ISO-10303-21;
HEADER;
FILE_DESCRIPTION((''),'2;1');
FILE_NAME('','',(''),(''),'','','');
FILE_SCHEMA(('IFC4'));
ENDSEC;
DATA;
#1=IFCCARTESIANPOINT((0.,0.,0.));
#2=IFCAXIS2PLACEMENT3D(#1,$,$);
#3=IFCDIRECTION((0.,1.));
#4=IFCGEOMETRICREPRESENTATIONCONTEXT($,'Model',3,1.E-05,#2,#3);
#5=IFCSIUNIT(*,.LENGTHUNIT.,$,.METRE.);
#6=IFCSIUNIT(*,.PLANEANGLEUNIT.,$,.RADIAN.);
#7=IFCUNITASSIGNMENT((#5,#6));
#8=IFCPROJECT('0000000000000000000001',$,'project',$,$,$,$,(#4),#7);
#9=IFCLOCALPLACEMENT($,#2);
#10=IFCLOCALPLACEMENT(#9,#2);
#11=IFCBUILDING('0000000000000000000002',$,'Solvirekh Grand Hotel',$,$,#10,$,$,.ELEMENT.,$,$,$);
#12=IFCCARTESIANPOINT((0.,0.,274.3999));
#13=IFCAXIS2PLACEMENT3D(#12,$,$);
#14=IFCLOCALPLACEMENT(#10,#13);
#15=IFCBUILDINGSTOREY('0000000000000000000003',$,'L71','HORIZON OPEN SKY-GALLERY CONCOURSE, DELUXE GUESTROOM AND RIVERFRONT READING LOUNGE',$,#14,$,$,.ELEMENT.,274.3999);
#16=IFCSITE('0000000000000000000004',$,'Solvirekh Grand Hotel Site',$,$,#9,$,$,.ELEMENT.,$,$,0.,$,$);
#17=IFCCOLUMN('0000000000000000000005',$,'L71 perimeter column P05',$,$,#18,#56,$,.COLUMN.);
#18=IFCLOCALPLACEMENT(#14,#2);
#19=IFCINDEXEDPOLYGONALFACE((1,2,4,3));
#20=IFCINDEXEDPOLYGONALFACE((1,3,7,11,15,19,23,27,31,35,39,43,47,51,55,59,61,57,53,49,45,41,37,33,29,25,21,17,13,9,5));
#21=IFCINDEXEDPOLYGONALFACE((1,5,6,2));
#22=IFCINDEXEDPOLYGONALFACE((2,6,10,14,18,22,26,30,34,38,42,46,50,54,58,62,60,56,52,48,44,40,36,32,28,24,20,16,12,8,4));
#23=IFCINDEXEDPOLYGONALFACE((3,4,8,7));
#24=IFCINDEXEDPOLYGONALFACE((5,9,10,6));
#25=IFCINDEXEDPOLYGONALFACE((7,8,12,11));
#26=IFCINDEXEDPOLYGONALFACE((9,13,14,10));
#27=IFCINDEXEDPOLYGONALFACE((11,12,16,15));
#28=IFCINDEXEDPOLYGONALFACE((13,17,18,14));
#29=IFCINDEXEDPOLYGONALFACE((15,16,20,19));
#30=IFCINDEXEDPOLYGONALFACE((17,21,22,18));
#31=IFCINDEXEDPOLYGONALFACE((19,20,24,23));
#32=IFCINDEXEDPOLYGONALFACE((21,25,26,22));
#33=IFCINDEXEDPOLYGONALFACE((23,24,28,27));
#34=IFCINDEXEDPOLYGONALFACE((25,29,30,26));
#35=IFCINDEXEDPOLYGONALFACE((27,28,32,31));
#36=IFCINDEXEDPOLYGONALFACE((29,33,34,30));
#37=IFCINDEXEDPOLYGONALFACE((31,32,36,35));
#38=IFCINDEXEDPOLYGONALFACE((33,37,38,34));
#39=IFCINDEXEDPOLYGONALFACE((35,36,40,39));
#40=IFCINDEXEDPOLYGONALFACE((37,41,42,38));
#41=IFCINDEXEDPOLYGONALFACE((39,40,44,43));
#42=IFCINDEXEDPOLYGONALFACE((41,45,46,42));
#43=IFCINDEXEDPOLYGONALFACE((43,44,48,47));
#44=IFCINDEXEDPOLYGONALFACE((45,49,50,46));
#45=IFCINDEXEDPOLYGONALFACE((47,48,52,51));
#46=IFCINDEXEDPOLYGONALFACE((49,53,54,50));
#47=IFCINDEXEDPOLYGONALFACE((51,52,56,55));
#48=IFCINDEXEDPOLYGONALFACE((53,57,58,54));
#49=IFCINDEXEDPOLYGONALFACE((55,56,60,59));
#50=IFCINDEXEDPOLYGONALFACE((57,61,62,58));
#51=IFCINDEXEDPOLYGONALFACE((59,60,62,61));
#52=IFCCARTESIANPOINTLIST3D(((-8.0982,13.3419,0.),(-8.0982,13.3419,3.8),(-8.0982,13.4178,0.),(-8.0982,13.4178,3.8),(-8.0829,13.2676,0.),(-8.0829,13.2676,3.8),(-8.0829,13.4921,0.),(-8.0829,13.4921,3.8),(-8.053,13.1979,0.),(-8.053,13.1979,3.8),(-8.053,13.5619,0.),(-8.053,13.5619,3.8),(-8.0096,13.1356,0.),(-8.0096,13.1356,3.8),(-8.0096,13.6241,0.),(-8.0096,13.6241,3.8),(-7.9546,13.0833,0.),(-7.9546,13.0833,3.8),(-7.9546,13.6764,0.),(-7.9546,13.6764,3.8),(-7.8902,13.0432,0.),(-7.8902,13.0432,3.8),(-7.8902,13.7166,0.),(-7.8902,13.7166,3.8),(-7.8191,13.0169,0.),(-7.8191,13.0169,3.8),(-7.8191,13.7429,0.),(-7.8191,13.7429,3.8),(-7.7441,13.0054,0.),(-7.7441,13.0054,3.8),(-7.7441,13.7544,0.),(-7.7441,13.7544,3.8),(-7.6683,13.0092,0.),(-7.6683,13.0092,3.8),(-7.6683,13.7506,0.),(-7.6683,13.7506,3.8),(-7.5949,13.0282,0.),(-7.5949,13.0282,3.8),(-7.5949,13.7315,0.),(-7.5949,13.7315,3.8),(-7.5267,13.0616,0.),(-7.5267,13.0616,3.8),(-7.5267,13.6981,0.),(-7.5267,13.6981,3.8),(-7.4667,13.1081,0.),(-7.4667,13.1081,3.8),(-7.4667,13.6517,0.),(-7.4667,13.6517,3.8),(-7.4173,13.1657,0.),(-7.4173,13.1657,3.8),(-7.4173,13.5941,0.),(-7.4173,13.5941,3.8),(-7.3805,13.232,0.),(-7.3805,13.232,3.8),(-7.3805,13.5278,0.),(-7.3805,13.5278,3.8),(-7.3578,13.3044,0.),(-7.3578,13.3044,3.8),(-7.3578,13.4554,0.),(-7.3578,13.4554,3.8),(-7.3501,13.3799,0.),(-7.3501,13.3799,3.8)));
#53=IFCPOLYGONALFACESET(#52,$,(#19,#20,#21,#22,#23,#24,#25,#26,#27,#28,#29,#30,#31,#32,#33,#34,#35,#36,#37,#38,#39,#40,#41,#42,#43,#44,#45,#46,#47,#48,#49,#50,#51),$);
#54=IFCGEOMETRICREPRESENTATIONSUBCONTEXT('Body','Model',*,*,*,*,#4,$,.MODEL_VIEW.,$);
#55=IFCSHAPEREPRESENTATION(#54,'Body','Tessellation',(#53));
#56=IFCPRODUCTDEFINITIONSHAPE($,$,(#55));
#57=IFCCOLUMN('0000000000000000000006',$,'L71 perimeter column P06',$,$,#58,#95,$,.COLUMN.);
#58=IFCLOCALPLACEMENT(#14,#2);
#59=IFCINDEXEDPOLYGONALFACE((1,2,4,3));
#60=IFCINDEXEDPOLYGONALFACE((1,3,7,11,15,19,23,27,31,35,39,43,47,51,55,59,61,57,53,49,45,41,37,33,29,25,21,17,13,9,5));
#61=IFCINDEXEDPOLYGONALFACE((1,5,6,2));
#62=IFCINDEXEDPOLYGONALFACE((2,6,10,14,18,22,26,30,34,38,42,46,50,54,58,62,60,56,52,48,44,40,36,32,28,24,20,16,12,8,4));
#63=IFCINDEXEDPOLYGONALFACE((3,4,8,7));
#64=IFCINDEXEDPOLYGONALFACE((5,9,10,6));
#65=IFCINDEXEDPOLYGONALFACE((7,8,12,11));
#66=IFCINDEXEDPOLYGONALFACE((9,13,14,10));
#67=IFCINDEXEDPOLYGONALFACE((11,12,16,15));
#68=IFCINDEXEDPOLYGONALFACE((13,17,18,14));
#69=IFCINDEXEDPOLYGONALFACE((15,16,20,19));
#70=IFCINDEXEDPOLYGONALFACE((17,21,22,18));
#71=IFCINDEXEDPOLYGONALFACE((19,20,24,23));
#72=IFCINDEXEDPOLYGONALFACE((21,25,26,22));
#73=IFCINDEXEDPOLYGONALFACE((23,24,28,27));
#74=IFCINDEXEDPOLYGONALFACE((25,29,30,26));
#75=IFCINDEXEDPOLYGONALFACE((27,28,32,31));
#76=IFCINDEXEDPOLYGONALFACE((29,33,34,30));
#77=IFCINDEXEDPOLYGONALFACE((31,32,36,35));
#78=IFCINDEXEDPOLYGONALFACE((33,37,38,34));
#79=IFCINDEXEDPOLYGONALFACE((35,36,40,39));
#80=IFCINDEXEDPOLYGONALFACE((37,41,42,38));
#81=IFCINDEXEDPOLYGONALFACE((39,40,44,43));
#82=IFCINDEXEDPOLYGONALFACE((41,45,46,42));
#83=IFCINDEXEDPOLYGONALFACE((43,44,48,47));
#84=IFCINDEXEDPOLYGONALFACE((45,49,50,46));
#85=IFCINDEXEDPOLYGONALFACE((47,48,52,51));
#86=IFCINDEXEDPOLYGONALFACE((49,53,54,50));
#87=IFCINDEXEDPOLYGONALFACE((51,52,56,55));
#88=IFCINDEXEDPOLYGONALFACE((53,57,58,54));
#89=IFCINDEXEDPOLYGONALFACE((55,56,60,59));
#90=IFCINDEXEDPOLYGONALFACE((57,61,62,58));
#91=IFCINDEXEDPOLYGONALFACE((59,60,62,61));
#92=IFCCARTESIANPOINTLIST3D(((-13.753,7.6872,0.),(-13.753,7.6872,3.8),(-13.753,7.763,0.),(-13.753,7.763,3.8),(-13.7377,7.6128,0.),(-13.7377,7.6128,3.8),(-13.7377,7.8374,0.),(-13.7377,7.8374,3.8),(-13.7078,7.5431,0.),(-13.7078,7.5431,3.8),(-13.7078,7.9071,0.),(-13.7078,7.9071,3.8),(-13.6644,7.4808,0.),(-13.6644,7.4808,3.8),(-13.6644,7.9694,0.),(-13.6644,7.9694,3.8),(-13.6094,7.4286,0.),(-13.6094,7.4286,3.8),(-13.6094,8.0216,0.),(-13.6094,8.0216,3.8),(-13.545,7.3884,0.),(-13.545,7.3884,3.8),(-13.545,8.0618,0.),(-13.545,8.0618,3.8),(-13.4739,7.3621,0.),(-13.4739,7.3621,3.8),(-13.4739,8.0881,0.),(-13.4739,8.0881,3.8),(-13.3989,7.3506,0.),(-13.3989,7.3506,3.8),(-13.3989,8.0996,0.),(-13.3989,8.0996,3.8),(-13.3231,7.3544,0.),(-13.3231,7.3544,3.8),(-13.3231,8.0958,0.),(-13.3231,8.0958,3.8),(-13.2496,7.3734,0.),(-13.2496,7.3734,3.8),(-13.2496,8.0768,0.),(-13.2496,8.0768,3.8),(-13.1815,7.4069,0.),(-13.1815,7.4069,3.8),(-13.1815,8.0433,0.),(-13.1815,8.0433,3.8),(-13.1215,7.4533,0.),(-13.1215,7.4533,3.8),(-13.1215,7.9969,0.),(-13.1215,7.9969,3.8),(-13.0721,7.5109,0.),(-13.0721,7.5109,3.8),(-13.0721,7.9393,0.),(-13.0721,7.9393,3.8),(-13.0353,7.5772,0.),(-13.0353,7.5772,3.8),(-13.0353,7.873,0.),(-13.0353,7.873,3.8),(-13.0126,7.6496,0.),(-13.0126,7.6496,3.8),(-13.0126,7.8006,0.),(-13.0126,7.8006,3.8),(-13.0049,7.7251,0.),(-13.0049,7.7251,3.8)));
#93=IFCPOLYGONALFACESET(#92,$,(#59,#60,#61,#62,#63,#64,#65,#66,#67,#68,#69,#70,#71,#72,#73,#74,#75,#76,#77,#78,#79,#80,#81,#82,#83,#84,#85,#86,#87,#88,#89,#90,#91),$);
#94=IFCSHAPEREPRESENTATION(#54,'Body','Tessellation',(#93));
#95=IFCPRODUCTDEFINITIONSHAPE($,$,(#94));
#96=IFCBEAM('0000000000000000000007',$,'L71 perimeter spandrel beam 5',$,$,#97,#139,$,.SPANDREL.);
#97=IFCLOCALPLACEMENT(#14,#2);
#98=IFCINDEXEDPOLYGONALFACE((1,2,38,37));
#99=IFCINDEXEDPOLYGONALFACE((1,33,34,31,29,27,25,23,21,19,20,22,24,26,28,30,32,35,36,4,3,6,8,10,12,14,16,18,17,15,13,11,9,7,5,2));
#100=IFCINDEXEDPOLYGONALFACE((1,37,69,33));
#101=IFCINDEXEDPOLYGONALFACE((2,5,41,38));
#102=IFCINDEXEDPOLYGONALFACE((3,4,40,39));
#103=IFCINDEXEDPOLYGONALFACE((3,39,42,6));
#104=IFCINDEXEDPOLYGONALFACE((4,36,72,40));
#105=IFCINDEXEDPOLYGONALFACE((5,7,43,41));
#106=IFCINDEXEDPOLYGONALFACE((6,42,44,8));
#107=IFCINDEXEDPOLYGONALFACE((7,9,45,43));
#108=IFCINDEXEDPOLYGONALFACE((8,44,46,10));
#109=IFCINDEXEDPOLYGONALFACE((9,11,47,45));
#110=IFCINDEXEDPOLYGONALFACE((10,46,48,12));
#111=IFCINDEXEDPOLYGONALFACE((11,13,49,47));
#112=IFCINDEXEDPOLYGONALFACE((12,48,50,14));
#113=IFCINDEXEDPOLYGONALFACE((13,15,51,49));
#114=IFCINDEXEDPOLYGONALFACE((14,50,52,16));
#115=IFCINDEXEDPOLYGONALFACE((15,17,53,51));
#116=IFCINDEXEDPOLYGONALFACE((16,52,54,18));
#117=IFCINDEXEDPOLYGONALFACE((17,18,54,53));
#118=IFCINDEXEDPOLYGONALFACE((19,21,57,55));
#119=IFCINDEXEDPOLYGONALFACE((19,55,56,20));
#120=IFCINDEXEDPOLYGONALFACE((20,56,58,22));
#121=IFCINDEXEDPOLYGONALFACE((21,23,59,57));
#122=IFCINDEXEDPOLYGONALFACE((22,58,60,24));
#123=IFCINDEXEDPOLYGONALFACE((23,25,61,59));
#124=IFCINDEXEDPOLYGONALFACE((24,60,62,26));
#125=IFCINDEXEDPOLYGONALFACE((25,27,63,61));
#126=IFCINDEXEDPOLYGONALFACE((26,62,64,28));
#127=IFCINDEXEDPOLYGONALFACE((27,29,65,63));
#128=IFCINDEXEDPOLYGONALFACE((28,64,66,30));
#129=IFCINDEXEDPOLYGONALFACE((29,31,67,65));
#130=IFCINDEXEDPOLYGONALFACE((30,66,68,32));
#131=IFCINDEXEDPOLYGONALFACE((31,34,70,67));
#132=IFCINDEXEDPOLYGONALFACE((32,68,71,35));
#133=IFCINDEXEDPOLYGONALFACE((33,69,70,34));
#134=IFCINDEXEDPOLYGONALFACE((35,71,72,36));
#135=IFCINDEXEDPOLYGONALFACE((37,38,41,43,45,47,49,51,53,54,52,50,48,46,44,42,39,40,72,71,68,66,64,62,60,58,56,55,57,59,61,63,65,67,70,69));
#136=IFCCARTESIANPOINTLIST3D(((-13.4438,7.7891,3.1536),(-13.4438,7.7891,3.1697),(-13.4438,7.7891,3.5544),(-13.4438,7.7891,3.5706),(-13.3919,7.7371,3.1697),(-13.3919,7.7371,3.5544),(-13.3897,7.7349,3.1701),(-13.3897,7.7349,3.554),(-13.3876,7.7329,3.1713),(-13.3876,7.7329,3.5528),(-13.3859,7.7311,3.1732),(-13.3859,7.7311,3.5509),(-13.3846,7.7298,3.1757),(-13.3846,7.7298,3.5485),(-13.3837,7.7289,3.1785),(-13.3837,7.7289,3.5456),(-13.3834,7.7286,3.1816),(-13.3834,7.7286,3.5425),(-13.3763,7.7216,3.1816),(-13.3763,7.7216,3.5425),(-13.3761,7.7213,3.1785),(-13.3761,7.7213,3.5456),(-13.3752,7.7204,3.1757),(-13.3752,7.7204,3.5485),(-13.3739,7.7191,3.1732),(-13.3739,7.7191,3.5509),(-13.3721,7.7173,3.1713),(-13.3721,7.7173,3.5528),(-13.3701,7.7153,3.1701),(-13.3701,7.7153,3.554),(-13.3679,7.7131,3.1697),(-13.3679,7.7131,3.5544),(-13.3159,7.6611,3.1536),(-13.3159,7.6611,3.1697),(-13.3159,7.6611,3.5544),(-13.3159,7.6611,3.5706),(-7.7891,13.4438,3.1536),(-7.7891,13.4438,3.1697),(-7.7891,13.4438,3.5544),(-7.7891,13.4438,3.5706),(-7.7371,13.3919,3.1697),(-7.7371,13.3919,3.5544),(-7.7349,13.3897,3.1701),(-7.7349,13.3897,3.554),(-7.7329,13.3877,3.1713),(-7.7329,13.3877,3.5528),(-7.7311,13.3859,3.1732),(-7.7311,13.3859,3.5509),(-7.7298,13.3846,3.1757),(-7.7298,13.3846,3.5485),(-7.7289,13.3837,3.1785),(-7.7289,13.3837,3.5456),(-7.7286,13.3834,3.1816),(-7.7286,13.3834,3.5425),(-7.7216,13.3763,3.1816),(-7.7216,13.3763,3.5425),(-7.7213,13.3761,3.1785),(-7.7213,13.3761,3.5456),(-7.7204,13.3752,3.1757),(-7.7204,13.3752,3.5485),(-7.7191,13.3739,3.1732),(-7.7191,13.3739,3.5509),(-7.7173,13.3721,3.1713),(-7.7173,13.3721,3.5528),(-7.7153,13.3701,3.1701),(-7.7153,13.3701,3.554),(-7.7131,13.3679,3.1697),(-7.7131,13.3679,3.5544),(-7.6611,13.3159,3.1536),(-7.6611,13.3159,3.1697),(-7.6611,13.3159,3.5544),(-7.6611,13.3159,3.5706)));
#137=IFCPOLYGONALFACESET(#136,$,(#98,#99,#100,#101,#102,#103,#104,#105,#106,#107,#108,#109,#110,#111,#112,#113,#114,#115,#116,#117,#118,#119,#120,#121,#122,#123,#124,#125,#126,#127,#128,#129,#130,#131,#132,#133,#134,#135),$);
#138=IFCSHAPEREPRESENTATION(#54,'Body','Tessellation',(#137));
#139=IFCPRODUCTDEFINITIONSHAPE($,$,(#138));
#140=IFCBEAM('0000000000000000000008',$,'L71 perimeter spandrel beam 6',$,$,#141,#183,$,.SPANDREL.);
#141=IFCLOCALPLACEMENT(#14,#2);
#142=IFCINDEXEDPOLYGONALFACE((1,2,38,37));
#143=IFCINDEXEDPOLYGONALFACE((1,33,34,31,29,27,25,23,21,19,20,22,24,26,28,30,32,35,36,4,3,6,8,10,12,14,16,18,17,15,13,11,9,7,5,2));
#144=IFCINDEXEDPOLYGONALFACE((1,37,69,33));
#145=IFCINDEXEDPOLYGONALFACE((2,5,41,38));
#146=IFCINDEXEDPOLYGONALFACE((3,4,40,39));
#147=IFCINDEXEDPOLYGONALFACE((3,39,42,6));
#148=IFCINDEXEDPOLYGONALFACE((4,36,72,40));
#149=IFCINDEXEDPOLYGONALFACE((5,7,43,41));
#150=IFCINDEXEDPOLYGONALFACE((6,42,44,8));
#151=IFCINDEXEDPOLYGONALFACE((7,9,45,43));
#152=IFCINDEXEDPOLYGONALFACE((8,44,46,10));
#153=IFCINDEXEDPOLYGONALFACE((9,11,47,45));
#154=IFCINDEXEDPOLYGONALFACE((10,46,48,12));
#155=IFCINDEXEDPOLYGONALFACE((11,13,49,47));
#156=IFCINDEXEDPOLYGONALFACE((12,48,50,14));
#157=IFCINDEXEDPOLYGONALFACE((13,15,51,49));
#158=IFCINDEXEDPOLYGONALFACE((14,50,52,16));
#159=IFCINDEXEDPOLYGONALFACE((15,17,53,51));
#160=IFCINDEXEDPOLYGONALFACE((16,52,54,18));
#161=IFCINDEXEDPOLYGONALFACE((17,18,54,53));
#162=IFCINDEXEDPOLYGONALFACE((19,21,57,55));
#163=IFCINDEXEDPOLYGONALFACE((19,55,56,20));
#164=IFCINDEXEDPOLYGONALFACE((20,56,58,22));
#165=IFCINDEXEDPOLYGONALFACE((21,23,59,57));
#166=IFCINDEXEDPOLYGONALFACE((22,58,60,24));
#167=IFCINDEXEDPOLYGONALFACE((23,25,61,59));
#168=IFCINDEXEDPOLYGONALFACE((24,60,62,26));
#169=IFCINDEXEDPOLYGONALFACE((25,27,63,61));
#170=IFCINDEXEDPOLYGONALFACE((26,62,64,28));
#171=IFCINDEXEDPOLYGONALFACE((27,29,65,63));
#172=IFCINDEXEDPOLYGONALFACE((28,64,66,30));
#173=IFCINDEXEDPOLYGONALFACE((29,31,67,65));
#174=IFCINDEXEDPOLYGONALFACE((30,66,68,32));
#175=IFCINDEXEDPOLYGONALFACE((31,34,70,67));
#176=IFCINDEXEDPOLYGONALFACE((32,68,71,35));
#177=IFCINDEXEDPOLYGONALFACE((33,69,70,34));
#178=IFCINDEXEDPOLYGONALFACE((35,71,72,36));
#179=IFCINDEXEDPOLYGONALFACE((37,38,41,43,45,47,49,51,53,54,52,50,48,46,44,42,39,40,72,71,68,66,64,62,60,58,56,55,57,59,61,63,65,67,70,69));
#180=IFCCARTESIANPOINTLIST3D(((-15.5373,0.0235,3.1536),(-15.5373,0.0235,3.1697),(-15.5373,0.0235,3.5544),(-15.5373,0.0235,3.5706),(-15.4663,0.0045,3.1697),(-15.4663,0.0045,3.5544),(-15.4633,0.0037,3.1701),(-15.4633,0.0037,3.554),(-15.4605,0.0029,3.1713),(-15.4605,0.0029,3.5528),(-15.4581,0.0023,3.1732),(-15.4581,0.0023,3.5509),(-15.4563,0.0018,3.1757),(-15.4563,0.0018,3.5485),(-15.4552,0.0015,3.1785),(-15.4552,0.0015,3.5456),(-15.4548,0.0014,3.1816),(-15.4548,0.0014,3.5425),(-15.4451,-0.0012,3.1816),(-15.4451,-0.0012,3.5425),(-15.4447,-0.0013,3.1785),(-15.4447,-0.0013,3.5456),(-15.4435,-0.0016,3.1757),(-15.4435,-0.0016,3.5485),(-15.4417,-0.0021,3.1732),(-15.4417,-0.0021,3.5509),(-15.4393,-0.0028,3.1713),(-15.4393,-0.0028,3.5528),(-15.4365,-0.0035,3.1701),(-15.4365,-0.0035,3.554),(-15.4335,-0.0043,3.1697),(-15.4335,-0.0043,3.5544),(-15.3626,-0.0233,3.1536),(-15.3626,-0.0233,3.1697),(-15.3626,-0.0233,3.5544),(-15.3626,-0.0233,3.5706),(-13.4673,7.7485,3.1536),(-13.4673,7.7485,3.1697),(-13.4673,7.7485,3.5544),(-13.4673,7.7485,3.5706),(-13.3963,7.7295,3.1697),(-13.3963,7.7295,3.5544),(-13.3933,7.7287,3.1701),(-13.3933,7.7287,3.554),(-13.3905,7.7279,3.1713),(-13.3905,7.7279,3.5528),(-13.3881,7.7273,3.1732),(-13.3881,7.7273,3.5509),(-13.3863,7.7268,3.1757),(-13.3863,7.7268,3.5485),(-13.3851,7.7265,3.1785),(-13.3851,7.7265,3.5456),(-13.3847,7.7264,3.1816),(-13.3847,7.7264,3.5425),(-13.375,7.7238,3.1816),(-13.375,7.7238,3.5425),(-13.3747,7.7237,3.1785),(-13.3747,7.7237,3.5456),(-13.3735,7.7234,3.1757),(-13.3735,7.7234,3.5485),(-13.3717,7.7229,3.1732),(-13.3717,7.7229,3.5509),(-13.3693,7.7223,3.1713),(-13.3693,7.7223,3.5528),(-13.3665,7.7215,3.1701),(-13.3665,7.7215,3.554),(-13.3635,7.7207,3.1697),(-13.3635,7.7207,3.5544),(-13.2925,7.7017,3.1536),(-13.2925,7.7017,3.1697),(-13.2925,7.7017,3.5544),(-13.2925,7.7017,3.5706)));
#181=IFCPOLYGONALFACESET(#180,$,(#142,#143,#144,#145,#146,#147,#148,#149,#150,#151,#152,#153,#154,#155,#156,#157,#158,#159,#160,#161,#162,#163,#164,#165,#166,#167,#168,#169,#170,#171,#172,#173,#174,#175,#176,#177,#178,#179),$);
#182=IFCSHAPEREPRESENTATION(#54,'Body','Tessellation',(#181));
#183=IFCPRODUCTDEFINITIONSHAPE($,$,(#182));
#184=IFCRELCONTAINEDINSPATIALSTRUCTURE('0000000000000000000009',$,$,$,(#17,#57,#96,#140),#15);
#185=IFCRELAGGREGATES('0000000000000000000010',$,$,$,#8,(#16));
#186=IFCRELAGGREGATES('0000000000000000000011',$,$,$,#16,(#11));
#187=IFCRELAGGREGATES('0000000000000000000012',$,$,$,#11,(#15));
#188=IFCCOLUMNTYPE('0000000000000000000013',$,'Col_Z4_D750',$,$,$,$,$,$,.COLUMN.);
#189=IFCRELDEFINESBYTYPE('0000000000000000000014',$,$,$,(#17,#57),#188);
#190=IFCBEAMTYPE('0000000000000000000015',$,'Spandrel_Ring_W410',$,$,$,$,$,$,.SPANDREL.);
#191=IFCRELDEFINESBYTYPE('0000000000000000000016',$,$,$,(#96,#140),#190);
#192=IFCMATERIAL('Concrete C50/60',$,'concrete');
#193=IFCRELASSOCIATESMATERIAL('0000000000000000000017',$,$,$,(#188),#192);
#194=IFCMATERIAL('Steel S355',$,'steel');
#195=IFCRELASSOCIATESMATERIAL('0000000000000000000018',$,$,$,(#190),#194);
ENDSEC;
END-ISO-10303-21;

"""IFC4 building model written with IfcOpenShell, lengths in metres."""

from ifc_helpers import new_model, si_unit, direction, frame, origin, origin_2d, place, context, subcontext, project, spatial, circle, i_section, extrude, material, material_profile, profile_set, type_object, element, save


model = new_model("IFC4")

# Units and contexts
model_context = context("Model", 3, precision=1e-05, world=origin(), true_north=direction((0.0, 1.0)))
body_context = subcontext(model_context, "Body", "Model", "MODEL_VIEW")
ifc_project = project(units=[si_unit("LENGTHUNIT", "METRE"), si_unit("PLANEANGLEUNIT", "RADIAN")], contexts=[model_context])

# Site, building, storey
site_placement = place(None, origin())
site = spatial("IfcSite", under=ifc_project, at=site_placement, Name="Solvirekh Grand Hotel Site", CompositionType="ELEMENT", RefElevation=0.0)
building_placement = place(site_placement, origin())
building = spatial("IfcBuilding", under=site, at=building_placement, Name="Solvirekh Grand Hotel", CompositionType="ELEMENT")
storey_placement = place(building_placement, frame((0.0, 0.0, 274.3999)))
storey = spatial("IfcBuildingStorey", under=building, at=storey_placement, Name="L71", Description="HORIZON OPEN SKY-GALLERY CONCOURSE, DELUXE GUESTROOM AND RIVERFRONT READING LOUNGE", CompositionType="ELEMENT", Elevation=274.3999)

# Columns
ifc_material_1 = material(Name="Concrete C50/60", Category="concrete")
ifc_material_profile_1 = material_profile(ifc_material_1, circle(Radius=0.375, at=origin_2d()), Name="RC CIRC D750")
ifc_profile_set_1 = profile_set([ifc_material_profile_1], Name="Concrete C50/60")
column_type = type_object("IfcColumnType", Name="Col_Z4_D750", PredefinedType="COLUMN", material=ifc_profile_set_1)
for number, where, z_axis, x_axis, name in (
    (1, (-7.7251, 13.3799, 0.0), (0.0, 0.0, 1.0), (1.0, 0.0, 0.0), "L71 perimeter column P05"),
    (2, (-13.3799, 7.7251, 0.0), (0.0, 0.0, 1.0), (1.0, 0.0, 0.0), "L71 perimeter column P06"),
):
    element("IfcColumn", number, at=place(storey_placement, frame(where, z_axis=z_axis, x_axis=x_axis)), inside=storey, type_object=column_type, Name=name, PredefinedType="COLUMN", context=body_context, shape_type="SweptSolid", body=[
        extrude(circle(Radius=0.375, at=origin_2d()), origin(), (0.0, 0.0, 1.0), 3.8),
    ])

# Beams
ifc_material_2 = material(Name="Steel S355", Category="steel")
ifc_material_profile_2 = material_profile(ifc_material_2, i_section(OverallWidth=0.1809, OverallDepth=0.417, WebThickness=0.01, FlangeThickness=0.0161, FilletRadius=0.012, at=origin_2d()), Name="W410X85")
ifc_profile_set_2 = profile_set([ifc_material_profile_2], Name="Steel S355")
beam_type = type_object("IfcBeamType", Name="Spandrel_Ring_W410", PredefinedType="SPANDREL", material=ifc_profile_set_2)
beam_1_placement = place(storey_placement, frame((-7.7251, 13.3799, 3.3621), z_axis=(-0.707107, -0.707107, 0.0), x_axis=(0.707107, -0.707107, 0.0)))
element("IfcBeam", 3, at=beam_1_placement, inside=storey, type_object=beam_type, Name="L71 perimeter spandrel beam 5", PredefinedType="SPANDREL", context=body_context, shape_type="SweptSolid", body=[
    extrude(i_section(OverallWidth=0.1809, OverallDepth=0.417, WebThickness=0.01, FlangeThickness=0.0161, FilletRadius=0.012, at=origin_2d()), origin(), (0.0, 0.0, 1.0), 7.9971),
])
beam_2_placement = place(storey_placement, frame((-13.3799, 7.7251, 3.3621), z_axis=(-0.258835, -0.965922, 0.0), x_axis=(0.965922, -0.258835, 0.0)))
element("IfcBeam", 4, at=beam_2_placement, inside=storey, type_object=beam_type, Name="L71 perimeter spandrel beam 6", PredefinedType="SPANDREL", context=body_context, shape_type="SweptSolid", body=[
    extrude(i_section(OverallWidth=0.1809, OverallDepth=0.417, WebThickness=0.01, FlangeThickness=0.0161, FilletRadius=0.012, at=origin_2d()), origin(), (0.0, 0.0, 1.0), 7.9976),
])

save(model, "model.ifc")
